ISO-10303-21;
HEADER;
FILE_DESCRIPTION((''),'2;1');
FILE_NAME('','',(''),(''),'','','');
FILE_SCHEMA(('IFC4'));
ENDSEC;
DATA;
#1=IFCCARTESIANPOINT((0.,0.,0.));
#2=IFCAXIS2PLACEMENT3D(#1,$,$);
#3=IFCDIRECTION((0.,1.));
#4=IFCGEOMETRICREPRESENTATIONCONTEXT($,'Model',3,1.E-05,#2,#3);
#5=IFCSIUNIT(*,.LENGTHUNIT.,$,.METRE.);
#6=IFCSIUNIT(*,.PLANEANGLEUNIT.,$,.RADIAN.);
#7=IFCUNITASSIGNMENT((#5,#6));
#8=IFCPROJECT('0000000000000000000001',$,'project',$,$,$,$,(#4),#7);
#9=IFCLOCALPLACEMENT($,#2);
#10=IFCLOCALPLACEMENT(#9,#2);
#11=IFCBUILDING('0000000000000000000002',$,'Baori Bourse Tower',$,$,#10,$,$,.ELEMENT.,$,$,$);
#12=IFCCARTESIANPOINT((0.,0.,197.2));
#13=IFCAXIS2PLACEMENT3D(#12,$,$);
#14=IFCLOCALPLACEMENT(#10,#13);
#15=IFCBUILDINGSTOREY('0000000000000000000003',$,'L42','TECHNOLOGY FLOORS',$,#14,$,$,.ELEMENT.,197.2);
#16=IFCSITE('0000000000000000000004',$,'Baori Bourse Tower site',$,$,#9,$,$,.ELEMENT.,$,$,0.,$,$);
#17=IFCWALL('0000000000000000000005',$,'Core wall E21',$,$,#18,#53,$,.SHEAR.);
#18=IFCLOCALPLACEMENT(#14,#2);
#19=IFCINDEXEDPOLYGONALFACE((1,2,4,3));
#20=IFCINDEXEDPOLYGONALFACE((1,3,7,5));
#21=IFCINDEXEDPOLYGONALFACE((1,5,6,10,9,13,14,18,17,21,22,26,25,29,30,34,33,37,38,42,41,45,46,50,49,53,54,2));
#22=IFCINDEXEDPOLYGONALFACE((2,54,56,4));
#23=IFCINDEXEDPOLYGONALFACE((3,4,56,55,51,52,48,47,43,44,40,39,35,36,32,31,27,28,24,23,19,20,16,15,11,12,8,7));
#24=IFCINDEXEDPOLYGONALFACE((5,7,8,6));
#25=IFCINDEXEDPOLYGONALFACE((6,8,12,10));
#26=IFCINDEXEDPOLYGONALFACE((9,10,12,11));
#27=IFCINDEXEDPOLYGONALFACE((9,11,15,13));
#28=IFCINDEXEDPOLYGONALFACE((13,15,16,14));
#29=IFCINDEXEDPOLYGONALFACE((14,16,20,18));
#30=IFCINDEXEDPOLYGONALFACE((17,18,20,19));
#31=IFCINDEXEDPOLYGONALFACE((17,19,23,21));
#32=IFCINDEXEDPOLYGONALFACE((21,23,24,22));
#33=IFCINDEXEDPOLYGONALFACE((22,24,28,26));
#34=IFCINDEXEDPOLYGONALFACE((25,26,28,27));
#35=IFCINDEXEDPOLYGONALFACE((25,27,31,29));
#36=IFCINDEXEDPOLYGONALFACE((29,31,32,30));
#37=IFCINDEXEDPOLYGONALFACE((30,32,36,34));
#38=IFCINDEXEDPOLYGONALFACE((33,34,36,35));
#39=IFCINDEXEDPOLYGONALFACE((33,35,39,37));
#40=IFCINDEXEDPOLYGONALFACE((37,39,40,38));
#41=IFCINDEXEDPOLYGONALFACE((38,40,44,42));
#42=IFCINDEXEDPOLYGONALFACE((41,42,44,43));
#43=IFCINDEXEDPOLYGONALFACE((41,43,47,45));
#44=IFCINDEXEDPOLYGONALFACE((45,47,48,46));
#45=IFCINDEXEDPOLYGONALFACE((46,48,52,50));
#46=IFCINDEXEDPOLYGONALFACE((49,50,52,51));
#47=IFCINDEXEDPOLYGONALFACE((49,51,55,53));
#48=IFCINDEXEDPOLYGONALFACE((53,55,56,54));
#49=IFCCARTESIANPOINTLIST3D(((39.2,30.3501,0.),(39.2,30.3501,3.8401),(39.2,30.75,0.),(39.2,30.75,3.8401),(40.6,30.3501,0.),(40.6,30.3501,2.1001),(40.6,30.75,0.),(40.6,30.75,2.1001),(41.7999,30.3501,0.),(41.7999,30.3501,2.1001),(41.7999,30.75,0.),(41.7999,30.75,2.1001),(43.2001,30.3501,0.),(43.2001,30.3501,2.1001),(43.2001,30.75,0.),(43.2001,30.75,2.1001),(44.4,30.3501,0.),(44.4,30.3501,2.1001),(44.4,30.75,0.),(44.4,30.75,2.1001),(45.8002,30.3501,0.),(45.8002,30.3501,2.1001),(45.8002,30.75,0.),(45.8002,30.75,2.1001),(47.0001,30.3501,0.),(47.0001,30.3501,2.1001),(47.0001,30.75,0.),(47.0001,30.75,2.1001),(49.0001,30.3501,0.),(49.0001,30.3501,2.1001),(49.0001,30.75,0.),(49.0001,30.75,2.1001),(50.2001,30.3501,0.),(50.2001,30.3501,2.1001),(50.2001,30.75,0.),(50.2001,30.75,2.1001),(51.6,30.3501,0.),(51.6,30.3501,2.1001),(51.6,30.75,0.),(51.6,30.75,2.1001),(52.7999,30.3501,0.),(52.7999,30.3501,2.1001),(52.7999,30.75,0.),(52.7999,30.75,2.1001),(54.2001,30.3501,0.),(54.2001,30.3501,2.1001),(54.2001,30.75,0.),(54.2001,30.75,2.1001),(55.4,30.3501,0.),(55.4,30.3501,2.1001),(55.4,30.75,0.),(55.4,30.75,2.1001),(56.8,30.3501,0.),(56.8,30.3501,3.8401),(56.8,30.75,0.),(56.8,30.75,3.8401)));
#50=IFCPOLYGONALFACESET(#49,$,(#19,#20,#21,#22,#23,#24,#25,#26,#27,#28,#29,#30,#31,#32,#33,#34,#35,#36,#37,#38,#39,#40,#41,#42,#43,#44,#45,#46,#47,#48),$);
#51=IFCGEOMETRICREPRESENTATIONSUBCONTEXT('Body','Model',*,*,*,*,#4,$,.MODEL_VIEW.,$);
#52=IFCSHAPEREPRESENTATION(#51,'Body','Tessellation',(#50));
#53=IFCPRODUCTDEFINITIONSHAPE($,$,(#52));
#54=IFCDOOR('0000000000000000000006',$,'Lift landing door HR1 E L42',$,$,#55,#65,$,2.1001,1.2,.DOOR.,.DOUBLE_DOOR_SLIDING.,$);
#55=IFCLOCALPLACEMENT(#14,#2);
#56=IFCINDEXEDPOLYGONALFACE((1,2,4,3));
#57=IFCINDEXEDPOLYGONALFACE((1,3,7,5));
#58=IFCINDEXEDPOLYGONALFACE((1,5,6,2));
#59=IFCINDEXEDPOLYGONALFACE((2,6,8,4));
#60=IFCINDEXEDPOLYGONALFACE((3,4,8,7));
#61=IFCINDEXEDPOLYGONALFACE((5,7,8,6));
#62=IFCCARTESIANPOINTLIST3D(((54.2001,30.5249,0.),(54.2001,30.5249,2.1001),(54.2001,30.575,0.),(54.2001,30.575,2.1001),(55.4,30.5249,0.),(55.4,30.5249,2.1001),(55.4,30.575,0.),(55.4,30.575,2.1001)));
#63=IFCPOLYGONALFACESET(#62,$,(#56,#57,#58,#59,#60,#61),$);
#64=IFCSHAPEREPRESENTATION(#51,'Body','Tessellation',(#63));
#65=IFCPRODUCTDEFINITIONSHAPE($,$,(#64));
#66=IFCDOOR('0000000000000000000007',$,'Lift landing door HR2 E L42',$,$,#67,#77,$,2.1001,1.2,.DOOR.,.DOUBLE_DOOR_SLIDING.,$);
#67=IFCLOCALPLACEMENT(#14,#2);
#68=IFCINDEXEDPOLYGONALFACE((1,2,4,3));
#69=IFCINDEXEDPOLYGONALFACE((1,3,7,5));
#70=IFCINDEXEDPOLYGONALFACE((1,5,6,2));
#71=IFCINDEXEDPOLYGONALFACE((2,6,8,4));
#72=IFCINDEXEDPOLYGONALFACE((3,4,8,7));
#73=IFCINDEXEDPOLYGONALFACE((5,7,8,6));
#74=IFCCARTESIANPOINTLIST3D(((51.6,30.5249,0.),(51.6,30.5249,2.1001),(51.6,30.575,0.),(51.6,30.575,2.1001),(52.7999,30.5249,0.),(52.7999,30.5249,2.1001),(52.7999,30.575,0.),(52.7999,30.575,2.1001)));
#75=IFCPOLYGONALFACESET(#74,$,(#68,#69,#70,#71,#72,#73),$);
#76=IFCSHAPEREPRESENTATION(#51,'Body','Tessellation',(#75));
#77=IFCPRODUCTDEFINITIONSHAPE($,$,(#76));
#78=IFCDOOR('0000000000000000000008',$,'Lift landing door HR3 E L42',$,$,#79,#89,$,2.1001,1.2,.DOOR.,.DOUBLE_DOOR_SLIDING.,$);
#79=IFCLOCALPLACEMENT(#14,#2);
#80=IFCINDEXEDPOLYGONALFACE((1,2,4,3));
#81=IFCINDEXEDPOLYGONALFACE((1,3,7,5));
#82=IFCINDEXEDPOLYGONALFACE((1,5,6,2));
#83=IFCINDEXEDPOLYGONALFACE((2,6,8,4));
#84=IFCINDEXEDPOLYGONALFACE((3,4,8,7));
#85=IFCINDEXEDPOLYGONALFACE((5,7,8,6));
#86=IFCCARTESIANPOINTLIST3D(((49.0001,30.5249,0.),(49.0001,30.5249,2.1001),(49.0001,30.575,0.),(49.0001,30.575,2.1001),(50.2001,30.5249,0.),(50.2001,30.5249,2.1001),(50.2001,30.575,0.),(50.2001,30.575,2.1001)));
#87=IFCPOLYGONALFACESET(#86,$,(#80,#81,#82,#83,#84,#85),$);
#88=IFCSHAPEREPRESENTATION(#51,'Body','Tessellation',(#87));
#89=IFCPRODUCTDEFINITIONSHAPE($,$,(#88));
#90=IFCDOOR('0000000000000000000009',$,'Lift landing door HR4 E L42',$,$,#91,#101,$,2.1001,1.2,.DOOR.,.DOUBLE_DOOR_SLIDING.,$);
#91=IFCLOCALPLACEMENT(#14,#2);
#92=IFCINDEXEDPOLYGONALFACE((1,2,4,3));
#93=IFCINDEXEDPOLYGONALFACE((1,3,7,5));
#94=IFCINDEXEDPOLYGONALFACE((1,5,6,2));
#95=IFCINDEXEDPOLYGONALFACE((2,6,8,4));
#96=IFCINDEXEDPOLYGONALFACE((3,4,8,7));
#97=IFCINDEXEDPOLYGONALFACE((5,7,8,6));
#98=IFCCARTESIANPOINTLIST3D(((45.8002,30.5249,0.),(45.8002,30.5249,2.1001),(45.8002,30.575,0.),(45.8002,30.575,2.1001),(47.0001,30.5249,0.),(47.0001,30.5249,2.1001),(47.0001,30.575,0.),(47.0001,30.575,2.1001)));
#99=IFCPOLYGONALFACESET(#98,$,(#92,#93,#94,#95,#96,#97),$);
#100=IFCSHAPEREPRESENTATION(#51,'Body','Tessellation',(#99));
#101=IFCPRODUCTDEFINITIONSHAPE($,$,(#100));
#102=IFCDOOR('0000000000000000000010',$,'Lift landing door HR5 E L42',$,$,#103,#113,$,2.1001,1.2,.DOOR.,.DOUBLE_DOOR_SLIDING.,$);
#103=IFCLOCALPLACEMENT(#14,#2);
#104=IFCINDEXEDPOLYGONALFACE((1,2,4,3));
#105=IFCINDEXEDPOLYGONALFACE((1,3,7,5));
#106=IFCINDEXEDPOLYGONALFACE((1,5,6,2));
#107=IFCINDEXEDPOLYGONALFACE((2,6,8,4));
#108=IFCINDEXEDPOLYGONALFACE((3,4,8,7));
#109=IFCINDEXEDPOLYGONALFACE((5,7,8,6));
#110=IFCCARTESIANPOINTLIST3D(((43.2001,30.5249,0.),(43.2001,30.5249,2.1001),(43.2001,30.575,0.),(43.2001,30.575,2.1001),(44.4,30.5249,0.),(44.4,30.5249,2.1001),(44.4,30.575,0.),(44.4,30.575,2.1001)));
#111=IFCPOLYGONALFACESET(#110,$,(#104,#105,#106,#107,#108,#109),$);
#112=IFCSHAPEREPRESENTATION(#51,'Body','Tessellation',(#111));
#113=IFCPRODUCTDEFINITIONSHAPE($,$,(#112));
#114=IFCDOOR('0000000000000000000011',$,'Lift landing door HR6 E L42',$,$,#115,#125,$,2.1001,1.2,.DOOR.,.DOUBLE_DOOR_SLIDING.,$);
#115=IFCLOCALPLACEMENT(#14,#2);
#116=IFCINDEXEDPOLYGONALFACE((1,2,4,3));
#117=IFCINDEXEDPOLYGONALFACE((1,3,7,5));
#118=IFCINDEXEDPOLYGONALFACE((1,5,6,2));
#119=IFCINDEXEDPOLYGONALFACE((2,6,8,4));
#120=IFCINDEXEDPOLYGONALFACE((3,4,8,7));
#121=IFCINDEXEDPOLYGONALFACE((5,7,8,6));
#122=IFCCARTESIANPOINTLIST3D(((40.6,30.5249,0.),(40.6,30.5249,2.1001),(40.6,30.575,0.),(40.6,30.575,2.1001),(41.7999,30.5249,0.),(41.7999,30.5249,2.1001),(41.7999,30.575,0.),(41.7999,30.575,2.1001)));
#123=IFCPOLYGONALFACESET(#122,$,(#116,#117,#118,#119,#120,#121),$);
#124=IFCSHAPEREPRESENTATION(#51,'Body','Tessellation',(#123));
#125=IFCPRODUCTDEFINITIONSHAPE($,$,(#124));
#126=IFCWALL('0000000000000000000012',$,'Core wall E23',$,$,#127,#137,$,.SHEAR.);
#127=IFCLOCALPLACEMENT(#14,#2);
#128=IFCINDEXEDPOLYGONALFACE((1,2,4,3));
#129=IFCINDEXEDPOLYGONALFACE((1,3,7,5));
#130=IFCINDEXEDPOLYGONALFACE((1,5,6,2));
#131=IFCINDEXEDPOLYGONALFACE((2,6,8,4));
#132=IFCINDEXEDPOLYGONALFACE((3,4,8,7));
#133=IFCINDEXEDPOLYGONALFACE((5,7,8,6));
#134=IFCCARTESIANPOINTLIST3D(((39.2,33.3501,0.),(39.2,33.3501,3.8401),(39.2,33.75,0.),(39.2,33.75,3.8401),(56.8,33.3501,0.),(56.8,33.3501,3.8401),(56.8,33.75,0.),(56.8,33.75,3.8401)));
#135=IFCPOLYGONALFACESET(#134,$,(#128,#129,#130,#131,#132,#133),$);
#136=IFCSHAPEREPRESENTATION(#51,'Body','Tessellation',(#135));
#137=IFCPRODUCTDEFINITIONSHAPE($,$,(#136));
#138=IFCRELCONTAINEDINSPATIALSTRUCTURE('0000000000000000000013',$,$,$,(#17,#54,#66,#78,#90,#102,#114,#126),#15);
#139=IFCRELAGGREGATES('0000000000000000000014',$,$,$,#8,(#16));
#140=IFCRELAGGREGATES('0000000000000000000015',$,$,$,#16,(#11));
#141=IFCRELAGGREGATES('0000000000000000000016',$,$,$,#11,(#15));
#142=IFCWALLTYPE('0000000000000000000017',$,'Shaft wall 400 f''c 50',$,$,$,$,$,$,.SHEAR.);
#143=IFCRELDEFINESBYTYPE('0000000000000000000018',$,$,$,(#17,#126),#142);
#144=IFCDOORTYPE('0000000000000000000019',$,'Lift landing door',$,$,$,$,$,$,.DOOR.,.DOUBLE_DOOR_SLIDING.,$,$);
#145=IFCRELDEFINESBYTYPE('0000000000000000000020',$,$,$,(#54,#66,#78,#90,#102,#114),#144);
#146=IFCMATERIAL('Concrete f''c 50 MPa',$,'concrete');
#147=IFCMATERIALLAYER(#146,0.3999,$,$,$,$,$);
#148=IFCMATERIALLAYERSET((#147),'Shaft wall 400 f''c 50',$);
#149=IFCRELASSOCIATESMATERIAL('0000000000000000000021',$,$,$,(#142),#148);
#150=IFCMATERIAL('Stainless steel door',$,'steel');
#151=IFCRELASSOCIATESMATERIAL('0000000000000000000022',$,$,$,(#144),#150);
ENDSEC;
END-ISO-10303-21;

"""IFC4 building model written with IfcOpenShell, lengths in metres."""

from ifc_helpers import new_model, si_unit, direction, frame, frame_2d, origin, place, context, subcontext, project, spatial, rectangle, extrude, material, layer, layer_set, type_object, element, fill, save


model = new_model("IFC4")

# Units and contexts
model_context = context("Model", 3, precision=1e-05, world=origin(), true_north=direction((0.0, 1.0)))
body_context = subcontext(model_context, "Body", "Model", "MODEL_VIEW")
ifc_project = project(units=[si_unit("LENGTHUNIT", "METRE"), si_unit("PLANEANGLEUNIT", "RADIAN")], contexts=[model_context])

# Site, building, storey
site_placement = place(None, origin())
site = spatial("IfcSite", under=ifc_project, at=site_placement, Name="Baori Bourse Tower site", CompositionType="ELEMENT", RefElevation=0.0)
building_placement = place(site_placement, origin())
building = spatial("IfcBuilding", under=site, at=building_placement, Name="Baori Bourse Tower", CompositionType="ELEMENT")
storey_placement = place(building_placement, frame((0.0, 0.0, 197.2)))
storey = spatial("IfcBuildingStorey", under=building, at=storey_placement, Name="L42", Description="TECHNOLOGY FLOORS", CompositionType="ELEMENT", Elevation=197.2)

# Wall, openings, doors
ifc_material_1 = material(Name="Concrete f'c 50 MPa", Category="concrete")
ifc_layer_1 = layer(ifc_material_1, 0.3999)
ifc_layer_set_1 = layer_set([ifc_layer_1], Name="Shaft wall 400 f'c 50")
wall_type_1 = type_object("IfcWallType", Name="Shaft wall 400 f'c 50", PredefinedType="SHEAR", material=ifc_layer_set_1)
wall_1_placement = place(storey_placement, frame((39.2, 30.55, 0.0), z_axis=(0.0, 0.0, 1.0), x_axis=(1.0, 0.0, 0.0)))
wall_1 = element("IfcWall", 1, at=wall_1_placement, inside=storey, type_object=wall_type_1, Name="Core wall E21", PredefinedType="SHEAR", context=body_context, shape_type="SweptSolid", body=[
    extrude(rectangle(XDim=17.6001, YDim=0.3999, at=frame_2d((8.8, 0.0))), origin(), (0.0, 0.0, 1.0), 3.8401),
])
opening_1_placement = place(wall_1_placement, frame((15.0, 0.0, 0.0)))
opening_1 = element("IfcOpeningElement", 2, at=opening_1_placement, cuts=wall_1, PredefinedType="OPENING", context=body_context, shape_type="SweptSolid", body=[
    extrude(rectangle(XDim=1.2, YDim=2.1001, at=frame_2d((0.6001, 1.05))), frame((0.0, 0.21, 0.0), z_axis=(0.0, -1.0, 0.0), x_axis=(1.0, 0.0, 0.0)), (0.0, 0.0, 1.0), 0.4199),
])
opening_2_placement = place(wall_1_placement, frame((12.3999, 0.0, 0.0)))
opening_2 = element("IfcOpeningElement", 3, at=opening_2_placement, cuts=wall_1, PredefinedType="OPENING", context=body_context, shape_type="SweptSolid", body=[
    extrude(rectangle(XDim=1.2, YDim=2.1001, at=frame_2d((0.6001, 1.05))), frame((0.0, 0.21, 0.0), z_axis=(0.0, -1.0, 0.0), x_axis=(1.0, 0.0, 0.0)), (0.0, 0.0, 1.0), 0.4199),
])
opening_3_placement = place(wall_1_placement, frame((9.8, 0.0, 0.0)))
opening_3 = element("IfcOpeningElement", 4, at=opening_3_placement, cuts=wall_1, PredefinedType="OPENING", context=body_context, shape_type="SweptSolid", body=[
    extrude(rectangle(XDim=1.2, YDim=2.1001, at=frame_2d((0.6001, 1.05))), frame((0.0, 0.21, 0.0), z_axis=(0.0, -1.0, 0.0), x_axis=(1.0, 0.0, 0.0)), (0.0, 0.0, 1.0), 0.4199),
])
opening_4_placement = place(wall_1_placement, frame((6.6001, 0.0, 0.0)))
opening_4 = element("IfcOpeningElement", 5, at=opening_4_placement, cuts=wall_1, PredefinedType="OPENING", context=body_context, shape_type="SweptSolid", body=[
    extrude(rectangle(XDim=1.2, YDim=2.1001, at=frame_2d((0.6001, 1.05))), frame((0.0, 0.21, 0.0), z_axis=(0.0, -1.0, 0.0), x_axis=(1.0, 0.0, 0.0)), (0.0, 0.0, 1.0), 0.4199),
])
opening_5_placement = place(wall_1_placement, frame((4.0, 0.0, 0.0)))
opening_5 = element("IfcOpeningElement", 6, at=opening_5_placement, cuts=wall_1, PredefinedType="OPENING", context=body_context, shape_type="SweptSolid", body=[
    extrude(rectangle(XDim=1.2, YDim=2.1001, at=frame_2d((0.6001, 1.05))), frame((0.0, 0.21, 0.0), z_axis=(0.0, -1.0, 0.0), x_axis=(1.0, 0.0, 0.0)), (0.0, 0.0, 1.0), 0.4199),
])
opening_6_placement = place(wall_1_placement, frame((1.3999, 0.0, 0.0)))
opening_6 = element("IfcOpeningElement", 7, at=opening_6_placement, cuts=wall_1, PredefinedType="OPENING", context=body_context, shape_type="SweptSolid", body=[
    extrude(rectangle(XDim=1.2, YDim=2.1001, at=frame_2d((0.6001, 1.05))), frame((0.0, 0.21, 0.0), z_axis=(0.0, -1.0, 0.0), x_axis=(1.0, 0.0, 0.0)), (0.0, 0.0, 1.0), 0.4199),
])
ifc_material_2 = material(Name="Stainless steel door", Category="steel")
door_type_1 = type_object("IfcDoorType", Name="Lift landing door", OperationType="DOUBLE_DOOR_SLIDING", PredefinedType="DOOR", material=ifc_material_2)
door_1_placement = place(opening_1_placement, origin())
door_1 = element("IfcDoor", 8, at=door_1_placement, inside=storey, type_object=door_type_1, Name="Lift landing door HR1 E L42", OperationType="DOUBLE_DOOR_SLIDING", OverallHeight=2.1001, OverallWidth=1.2, PredefinedType="DOOR", context=body_context, shape_type="SweptSolid", body=[
    extrude(rectangle(XDim=1.2, YDim=2.1001, at=frame_2d((0.6001, 1.05))), frame((0.0, 0.0249, 0.0), z_axis=(0.0, -1.0, 0.0), x_axis=(1.0, 0.0, 0.0)), (0.0, 0.0, 1.0), 0.05),
])
fill(opening_1, door_1)
door_2_placement = place(opening_2_placement, origin())
door_2 = element("IfcDoor", 9, at=door_2_placement, inside=storey, type_object=door_type_1, Name="Lift landing door HR2 E L42", OperationType="DOUBLE_DOOR_SLIDING", OverallHeight=2.1001, OverallWidth=1.2, PredefinedType="DOOR", context=body_context, shape_type="SweptSolid", body=[
    extrude(rectangle(XDim=1.2, YDim=2.1001, at=frame_2d((0.6001, 1.05))), frame((0.0, 0.0249, 0.0), z_axis=(0.0, -1.0, 0.0), x_axis=(1.0, 0.0, 0.0)), (0.0, 0.0, 1.0), 0.05),
])
fill(opening_2, door_2)
door_3_placement = place(opening_3_placement, origin())
door_3 = element("IfcDoor", 10, at=door_3_placement, inside=storey, type_object=door_type_1, Name="Lift landing door HR3 E L42", OperationType="DOUBLE_DOOR_SLIDING", OverallHeight=2.1001, OverallWidth=1.2, PredefinedType="DOOR", context=body_context, shape_type="SweptSolid", body=[
    extrude(rectangle(XDim=1.2, YDim=2.1001, at=frame_2d((0.6001, 1.05))), frame((0.0, 0.0249, 0.0), z_axis=(0.0, -1.0, 0.0), x_axis=(1.0, 0.0, 0.0)), (0.0, 0.0, 1.0), 0.05),
])
fill(opening_3, door_3)
door_4_placement = place(opening_4_placement, origin())
door_4 = element("IfcDoor", 11, at=door_4_placement, inside=storey, type_object=door_type_1, Name="Lift landing door HR4 E L42", OperationType="DOUBLE_DOOR_SLIDING", OverallHeight=2.1001, OverallWidth=1.2, PredefinedType="DOOR", context=body_context, shape_type="SweptSolid", body=[
    extrude(rectangle(XDim=1.2, YDim=2.1001, at=frame_2d((0.6001, 1.05))), frame((0.0, 0.0249, 0.0), z_axis=(0.0, -1.0, 0.0), x_axis=(1.0, 0.0, 0.0)), (0.0, 0.0, 1.0), 0.05),
])
fill(opening_4, door_4)
door_5_placement = place(opening_5_placement, origin())
door_5 = element("IfcDoor", 12, at=door_5_placement, inside=storey, type_object=door_type_1, Name="Lift landing door HR5 E L42", OperationType="DOUBLE_DOOR_SLIDING", OverallHeight=2.1001, OverallWidth=1.2, PredefinedType="DOOR", context=body_context, shape_type="SweptSolid", body=[
    extrude(rectangle(XDim=1.2, YDim=2.1001, at=frame_2d((0.6001, 1.05))), frame((0.0, 0.0249, 0.0), z_axis=(0.0, -1.0, 0.0), x_axis=(1.0, 0.0, 0.0)), (0.0, 0.0, 1.0), 0.05),
])
fill(opening_5, door_5)
door_6_placement = place(opening_6_placement, origin())
door_6 = element("IfcDoor", 13, at=door_6_placement, inside=storey, type_object=door_type_1, Name="Lift landing door HR6 E L42", OperationType="DOUBLE_DOOR_SLIDING", OverallHeight=2.1001, OverallWidth=1.2, PredefinedType="DOOR", context=body_context, shape_type="SweptSolid", body=[
    extrude(rectangle(XDim=1.2, YDim=2.1001, at=frame_2d((0.6001, 1.05))), frame((0.0, 0.0249, 0.0), z_axis=(0.0, -1.0, 0.0), x_axis=(1.0, 0.0, 0.0)), (0.0, 0.0, 1.0), 0.05),
])
fill(opening_6, door_6)

# Wall
wall_2_placement = place(storey_placement, frame((39.2, 33.55, 0.0), z_axis=(0.0, 0.0, 1.0), x_axis=(1.0, 0.0, 0.0)))
element("IfcWall", 14, at=wall_2_placement, inside=storey, type_object=wall_type_1, Name="Core wall E23", PredefinedType="SHEAR", context=body_context, shape_type="SweptSolid", body=[
    extrude(rectangle(XDim=17.6001, YDim=0.3999, at=frame_2d((8.8, 0.0))), origin(), (0.0, 0.0, 1.0), 3.8401),
])

save(model, "model.ifc")
